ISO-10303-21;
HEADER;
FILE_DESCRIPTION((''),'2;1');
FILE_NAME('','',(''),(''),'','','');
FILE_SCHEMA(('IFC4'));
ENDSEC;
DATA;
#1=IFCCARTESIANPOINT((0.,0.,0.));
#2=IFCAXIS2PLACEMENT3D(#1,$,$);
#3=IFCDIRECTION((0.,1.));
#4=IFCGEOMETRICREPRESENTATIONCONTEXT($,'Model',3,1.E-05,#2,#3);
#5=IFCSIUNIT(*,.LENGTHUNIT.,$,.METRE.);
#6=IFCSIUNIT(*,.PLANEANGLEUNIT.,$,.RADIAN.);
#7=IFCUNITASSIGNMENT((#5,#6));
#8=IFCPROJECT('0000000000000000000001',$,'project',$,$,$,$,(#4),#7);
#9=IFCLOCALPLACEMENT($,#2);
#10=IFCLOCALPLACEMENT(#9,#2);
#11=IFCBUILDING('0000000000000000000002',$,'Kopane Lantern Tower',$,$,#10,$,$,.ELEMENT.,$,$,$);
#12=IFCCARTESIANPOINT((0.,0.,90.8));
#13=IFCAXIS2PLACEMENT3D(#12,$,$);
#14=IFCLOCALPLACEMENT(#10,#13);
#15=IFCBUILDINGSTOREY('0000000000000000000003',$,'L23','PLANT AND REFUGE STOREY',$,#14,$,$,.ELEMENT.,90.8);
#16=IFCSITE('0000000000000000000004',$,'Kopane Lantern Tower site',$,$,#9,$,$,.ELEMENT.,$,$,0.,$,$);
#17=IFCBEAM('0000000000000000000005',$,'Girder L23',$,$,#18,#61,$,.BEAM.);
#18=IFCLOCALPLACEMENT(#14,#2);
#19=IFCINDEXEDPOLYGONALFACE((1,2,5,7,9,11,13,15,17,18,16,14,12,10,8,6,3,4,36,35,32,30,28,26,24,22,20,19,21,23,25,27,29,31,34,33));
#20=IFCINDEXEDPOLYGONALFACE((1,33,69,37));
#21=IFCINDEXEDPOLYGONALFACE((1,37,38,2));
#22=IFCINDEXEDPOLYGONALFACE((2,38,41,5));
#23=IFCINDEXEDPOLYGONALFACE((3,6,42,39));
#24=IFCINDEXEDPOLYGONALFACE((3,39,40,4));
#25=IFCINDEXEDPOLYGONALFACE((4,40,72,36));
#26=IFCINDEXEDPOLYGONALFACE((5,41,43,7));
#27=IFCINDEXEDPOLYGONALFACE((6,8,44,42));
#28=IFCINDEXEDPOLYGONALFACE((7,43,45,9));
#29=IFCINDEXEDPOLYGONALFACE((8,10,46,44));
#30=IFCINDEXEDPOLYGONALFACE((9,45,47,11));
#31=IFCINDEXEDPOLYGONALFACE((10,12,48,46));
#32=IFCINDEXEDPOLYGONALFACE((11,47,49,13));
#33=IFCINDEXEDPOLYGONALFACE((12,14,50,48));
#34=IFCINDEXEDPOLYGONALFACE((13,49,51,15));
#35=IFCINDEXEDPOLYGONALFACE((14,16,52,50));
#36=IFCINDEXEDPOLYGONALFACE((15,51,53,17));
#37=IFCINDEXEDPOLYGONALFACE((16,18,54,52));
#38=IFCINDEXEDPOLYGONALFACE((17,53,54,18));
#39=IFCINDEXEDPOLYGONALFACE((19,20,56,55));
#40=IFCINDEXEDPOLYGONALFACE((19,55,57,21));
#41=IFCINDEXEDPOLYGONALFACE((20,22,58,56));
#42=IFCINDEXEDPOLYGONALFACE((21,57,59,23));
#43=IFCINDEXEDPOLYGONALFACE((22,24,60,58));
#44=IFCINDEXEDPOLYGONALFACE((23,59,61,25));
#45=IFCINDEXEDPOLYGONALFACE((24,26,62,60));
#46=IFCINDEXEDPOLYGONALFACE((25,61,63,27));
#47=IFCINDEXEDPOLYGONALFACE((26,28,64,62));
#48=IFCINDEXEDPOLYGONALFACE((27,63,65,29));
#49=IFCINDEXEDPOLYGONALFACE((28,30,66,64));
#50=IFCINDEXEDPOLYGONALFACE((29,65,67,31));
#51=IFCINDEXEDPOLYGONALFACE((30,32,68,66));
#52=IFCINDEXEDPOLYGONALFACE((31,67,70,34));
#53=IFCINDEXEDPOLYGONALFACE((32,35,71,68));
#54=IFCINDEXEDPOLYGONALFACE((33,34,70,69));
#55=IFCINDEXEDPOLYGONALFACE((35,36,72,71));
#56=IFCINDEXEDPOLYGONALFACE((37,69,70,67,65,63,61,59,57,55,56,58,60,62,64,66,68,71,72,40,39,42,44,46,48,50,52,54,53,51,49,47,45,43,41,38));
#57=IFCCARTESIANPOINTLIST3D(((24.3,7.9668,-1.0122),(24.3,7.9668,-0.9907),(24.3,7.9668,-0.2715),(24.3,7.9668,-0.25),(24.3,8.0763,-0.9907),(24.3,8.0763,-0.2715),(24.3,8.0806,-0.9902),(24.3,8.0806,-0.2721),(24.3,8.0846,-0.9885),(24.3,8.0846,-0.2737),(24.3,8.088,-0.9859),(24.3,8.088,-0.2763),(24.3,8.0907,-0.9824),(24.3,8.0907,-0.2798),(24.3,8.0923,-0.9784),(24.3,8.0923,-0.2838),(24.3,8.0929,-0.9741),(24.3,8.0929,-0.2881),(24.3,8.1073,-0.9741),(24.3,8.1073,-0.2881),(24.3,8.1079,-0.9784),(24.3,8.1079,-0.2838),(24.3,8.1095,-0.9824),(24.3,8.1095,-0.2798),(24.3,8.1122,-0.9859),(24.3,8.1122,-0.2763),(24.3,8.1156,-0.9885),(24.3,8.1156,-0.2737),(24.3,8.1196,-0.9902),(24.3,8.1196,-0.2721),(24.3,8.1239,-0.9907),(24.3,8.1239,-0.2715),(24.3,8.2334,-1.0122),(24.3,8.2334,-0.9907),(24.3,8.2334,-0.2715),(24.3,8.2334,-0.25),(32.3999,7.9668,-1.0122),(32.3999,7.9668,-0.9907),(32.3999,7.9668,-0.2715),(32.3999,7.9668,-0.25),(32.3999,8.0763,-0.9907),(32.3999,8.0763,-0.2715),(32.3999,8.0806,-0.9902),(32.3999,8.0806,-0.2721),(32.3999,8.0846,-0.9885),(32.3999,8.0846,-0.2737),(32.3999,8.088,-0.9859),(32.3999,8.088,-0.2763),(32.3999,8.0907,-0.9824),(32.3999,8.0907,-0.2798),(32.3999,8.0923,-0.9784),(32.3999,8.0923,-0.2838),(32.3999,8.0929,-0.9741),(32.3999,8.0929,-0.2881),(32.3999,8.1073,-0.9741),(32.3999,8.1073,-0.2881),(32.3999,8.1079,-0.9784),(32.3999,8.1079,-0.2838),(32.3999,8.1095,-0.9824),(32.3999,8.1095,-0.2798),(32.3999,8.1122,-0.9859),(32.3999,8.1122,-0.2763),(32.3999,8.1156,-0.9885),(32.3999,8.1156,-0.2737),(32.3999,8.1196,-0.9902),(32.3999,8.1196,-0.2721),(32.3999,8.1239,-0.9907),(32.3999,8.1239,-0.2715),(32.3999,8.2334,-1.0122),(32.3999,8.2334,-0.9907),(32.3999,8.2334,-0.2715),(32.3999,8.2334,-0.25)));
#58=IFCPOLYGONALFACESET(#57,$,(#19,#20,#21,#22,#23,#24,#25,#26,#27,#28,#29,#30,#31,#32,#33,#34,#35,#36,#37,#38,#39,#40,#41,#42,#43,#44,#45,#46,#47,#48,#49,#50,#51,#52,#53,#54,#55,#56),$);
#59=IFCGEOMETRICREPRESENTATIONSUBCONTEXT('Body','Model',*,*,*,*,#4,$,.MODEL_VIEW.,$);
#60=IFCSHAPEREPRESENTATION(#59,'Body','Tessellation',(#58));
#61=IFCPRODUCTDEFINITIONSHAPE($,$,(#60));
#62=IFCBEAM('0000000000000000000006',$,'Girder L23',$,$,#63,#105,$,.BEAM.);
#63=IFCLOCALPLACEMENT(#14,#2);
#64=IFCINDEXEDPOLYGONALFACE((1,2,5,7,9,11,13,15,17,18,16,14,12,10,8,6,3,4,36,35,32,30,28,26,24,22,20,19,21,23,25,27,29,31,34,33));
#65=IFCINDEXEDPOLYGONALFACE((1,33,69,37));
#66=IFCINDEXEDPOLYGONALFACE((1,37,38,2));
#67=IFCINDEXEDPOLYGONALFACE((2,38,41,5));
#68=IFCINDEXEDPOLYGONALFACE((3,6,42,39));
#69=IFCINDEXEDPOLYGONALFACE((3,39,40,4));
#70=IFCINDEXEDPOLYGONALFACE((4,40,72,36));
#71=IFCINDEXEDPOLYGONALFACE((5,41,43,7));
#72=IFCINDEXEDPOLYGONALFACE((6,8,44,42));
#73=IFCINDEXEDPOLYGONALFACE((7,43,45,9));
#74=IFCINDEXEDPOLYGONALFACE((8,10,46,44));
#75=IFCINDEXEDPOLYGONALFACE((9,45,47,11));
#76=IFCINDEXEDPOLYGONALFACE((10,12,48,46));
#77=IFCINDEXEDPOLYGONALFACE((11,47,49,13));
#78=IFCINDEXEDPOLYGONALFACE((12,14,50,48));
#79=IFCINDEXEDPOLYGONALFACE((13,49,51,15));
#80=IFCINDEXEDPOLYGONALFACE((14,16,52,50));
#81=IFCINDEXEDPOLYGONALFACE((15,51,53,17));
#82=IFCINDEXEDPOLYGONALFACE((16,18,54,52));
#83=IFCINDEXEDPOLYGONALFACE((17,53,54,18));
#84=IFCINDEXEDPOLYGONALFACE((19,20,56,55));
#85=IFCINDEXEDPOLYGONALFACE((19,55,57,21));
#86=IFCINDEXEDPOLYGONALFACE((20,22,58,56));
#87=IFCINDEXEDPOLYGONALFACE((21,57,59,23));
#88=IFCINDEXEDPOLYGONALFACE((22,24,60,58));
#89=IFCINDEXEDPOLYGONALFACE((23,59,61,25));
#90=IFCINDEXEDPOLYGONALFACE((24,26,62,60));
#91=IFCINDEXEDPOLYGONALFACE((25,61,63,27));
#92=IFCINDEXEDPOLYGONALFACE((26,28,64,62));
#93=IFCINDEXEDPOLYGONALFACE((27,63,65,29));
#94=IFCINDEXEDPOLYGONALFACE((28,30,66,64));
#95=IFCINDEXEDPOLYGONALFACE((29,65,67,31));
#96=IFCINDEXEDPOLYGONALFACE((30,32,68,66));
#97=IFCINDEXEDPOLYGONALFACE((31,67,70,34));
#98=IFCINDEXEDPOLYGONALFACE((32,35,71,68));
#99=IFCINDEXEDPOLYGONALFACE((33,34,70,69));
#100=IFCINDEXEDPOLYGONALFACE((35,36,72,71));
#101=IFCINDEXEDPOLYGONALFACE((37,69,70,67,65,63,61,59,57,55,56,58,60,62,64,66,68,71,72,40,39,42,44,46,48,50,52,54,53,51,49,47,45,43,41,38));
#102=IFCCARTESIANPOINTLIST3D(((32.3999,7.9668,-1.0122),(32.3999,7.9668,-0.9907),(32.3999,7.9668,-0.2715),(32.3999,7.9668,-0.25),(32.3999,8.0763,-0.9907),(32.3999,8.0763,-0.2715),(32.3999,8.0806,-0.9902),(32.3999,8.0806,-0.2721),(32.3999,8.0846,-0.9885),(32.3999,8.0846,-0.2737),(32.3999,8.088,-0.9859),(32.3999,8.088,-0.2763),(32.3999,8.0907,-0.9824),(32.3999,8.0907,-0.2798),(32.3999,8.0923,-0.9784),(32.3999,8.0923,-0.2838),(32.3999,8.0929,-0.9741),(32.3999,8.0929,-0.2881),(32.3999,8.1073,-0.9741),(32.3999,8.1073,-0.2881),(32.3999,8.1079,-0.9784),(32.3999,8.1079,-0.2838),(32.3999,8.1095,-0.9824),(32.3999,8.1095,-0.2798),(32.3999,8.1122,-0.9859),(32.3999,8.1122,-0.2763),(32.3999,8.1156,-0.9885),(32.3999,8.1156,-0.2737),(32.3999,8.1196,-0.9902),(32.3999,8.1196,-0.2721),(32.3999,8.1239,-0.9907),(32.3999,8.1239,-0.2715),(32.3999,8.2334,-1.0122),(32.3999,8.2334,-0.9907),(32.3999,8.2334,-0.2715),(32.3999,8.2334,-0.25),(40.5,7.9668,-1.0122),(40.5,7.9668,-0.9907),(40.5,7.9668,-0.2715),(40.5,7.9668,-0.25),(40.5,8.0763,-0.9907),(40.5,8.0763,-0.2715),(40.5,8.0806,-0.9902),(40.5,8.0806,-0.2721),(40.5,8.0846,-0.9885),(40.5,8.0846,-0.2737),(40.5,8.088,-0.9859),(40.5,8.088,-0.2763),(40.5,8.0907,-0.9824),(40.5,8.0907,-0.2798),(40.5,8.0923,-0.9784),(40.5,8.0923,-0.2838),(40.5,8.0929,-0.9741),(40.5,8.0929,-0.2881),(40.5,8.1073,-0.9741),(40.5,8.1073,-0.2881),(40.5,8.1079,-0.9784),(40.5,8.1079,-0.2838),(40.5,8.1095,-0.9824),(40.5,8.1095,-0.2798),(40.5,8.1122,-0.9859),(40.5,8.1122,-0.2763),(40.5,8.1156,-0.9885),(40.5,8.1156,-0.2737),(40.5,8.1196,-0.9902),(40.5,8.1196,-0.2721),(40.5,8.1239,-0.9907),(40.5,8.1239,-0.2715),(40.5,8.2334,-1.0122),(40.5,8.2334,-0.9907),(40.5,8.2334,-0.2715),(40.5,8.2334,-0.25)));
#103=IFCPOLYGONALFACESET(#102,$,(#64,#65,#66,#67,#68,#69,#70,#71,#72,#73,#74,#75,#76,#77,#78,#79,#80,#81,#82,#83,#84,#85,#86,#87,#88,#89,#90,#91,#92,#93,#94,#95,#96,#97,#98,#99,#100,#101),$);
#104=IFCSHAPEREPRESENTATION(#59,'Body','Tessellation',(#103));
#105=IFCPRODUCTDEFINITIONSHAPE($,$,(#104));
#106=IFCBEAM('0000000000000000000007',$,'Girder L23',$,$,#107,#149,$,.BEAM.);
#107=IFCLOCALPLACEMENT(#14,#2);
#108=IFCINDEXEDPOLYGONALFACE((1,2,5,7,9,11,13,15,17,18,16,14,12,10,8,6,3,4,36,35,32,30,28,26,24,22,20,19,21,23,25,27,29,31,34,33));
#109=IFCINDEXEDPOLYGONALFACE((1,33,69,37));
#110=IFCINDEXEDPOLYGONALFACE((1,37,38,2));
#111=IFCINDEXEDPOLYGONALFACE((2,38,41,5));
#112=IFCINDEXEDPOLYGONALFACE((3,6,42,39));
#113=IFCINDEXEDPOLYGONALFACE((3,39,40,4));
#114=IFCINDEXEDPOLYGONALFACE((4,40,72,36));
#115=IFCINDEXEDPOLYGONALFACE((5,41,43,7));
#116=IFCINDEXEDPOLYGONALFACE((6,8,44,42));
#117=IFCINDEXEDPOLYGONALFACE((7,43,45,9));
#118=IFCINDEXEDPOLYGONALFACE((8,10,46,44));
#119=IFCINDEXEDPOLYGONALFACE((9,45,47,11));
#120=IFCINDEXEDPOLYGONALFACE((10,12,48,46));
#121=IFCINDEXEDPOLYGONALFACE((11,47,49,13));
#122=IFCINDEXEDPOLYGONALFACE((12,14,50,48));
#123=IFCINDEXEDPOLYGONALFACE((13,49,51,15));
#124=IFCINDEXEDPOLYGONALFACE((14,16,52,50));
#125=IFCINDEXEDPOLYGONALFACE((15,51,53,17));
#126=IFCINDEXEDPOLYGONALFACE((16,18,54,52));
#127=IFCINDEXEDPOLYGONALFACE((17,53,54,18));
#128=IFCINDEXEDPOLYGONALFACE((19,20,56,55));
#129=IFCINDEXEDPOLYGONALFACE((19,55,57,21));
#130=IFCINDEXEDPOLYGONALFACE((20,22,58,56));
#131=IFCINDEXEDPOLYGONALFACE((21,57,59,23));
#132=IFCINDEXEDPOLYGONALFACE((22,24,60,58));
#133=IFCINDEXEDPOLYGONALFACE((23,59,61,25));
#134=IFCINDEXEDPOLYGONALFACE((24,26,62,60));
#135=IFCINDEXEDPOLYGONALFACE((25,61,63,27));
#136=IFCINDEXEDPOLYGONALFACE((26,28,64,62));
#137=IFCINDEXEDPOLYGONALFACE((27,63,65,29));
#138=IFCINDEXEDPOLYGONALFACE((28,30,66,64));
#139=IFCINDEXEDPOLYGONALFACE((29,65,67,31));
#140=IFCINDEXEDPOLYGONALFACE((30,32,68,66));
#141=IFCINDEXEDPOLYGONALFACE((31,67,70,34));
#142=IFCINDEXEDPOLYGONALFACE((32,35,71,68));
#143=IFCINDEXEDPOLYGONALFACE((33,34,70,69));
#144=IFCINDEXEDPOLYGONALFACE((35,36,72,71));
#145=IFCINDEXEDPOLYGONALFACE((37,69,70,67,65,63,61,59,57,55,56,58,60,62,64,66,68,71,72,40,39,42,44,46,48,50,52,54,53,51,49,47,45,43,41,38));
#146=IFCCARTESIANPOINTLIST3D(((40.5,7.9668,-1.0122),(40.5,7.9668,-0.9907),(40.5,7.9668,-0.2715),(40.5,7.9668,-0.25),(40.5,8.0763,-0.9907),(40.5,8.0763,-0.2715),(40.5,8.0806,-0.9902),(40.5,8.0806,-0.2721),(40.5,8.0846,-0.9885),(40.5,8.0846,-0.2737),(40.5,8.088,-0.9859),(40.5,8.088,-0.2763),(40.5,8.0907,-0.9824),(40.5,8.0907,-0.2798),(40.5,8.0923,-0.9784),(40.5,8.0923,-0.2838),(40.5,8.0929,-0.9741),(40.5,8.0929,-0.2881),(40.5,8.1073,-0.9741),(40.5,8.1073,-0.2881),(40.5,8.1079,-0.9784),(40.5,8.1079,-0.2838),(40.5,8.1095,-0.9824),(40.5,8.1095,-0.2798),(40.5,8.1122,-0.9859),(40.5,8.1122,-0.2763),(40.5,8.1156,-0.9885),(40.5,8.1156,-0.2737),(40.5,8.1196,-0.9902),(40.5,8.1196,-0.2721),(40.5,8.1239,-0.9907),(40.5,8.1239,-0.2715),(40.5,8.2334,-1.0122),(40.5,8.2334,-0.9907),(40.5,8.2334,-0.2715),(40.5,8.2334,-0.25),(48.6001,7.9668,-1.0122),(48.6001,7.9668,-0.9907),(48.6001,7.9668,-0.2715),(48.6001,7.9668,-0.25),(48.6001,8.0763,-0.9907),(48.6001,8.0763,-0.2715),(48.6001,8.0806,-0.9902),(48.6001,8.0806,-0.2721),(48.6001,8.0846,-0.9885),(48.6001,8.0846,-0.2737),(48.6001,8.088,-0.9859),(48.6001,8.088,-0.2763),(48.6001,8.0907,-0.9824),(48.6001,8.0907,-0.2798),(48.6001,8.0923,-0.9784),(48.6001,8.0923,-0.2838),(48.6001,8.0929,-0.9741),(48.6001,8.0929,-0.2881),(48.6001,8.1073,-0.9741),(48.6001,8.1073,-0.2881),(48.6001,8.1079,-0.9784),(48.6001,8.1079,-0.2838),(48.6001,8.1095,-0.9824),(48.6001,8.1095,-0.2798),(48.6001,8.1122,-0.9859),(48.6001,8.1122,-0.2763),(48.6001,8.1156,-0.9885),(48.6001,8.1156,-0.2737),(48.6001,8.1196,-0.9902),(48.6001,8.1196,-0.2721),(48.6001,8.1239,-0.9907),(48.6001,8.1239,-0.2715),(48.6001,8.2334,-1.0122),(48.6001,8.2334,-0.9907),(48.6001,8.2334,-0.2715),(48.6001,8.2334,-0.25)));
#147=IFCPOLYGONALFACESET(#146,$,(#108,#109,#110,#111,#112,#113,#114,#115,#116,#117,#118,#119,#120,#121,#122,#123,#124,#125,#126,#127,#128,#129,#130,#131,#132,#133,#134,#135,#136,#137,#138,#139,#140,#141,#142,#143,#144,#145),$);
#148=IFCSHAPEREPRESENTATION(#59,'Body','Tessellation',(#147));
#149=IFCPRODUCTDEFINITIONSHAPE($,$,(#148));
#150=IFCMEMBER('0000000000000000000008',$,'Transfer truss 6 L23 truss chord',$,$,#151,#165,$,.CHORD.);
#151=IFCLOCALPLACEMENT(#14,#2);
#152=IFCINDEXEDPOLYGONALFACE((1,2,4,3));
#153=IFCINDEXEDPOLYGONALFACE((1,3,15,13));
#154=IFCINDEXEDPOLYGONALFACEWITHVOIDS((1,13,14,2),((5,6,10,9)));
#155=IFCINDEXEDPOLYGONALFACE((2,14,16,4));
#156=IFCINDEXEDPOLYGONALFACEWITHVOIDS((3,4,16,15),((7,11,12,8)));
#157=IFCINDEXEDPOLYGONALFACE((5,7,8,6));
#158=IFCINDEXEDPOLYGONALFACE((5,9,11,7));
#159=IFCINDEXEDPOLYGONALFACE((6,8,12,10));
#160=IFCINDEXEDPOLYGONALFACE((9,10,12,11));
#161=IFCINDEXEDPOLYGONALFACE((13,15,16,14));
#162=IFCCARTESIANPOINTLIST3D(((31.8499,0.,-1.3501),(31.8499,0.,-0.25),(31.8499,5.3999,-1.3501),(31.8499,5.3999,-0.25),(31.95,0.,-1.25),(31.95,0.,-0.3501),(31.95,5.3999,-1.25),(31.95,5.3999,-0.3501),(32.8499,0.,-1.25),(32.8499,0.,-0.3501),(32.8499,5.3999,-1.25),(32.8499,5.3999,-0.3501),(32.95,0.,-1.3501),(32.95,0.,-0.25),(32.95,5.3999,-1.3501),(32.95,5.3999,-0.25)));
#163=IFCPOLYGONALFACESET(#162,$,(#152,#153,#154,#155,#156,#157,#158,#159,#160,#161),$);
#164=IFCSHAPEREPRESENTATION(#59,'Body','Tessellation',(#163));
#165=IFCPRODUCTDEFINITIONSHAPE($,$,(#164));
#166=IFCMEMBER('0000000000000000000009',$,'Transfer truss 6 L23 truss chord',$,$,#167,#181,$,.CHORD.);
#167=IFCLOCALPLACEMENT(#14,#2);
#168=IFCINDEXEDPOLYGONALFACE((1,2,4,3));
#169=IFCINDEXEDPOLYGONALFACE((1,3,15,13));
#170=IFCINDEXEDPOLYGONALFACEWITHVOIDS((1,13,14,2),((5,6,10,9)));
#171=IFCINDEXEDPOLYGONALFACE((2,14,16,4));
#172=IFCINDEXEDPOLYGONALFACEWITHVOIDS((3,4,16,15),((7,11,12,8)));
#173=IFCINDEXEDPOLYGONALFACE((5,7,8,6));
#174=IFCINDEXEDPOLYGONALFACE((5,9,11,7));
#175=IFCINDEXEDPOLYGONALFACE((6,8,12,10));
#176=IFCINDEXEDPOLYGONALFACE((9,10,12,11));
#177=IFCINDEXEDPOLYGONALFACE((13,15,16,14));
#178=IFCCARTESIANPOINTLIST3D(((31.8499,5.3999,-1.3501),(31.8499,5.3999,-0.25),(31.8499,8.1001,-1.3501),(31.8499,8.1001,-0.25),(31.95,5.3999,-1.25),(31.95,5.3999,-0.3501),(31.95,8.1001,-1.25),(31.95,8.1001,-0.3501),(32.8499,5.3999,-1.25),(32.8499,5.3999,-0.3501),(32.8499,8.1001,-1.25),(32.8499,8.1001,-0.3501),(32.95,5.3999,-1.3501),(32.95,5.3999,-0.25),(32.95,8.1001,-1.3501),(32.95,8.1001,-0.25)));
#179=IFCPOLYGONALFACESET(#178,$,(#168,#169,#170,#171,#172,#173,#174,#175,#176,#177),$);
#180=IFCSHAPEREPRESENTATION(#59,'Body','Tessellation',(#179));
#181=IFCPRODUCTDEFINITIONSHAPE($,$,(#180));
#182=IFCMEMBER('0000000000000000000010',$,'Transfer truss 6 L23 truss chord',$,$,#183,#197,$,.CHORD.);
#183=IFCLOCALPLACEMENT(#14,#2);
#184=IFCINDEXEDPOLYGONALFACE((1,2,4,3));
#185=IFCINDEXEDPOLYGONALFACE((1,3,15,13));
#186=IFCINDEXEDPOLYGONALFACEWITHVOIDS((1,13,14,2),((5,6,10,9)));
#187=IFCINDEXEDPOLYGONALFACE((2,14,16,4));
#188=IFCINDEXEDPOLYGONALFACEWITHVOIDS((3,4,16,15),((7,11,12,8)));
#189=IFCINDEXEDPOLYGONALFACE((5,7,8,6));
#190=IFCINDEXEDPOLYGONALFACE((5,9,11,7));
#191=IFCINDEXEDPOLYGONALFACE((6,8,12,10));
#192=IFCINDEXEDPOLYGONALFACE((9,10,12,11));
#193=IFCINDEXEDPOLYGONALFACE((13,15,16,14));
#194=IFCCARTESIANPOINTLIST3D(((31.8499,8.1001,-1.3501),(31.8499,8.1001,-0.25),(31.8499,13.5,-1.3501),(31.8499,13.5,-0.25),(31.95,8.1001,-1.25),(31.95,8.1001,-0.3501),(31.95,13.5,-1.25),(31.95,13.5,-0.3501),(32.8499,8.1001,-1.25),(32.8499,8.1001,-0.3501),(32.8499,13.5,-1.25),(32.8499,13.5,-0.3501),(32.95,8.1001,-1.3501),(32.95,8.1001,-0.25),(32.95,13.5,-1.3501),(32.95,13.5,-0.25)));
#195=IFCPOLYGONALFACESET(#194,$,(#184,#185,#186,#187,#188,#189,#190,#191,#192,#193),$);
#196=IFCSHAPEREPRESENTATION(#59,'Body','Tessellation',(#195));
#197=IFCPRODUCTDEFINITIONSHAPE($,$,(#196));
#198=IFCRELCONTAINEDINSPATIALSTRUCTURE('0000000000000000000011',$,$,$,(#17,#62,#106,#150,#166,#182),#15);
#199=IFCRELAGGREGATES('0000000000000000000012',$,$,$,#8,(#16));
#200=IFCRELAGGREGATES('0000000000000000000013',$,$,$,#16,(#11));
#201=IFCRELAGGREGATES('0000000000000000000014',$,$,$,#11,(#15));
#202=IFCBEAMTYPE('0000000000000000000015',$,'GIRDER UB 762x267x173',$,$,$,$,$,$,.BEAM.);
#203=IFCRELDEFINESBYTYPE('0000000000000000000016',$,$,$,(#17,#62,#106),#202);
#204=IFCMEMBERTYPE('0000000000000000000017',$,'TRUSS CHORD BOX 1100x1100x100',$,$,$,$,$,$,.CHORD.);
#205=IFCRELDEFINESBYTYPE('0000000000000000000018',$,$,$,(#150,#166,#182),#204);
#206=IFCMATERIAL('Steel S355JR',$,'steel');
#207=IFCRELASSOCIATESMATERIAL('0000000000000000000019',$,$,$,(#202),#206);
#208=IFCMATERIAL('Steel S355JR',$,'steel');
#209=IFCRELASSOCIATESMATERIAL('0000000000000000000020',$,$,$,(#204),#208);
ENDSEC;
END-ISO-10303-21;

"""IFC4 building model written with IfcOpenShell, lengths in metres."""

from ifc_helpers import new_model, si_unit, direction, frame, origin, origin_2d, place, context, subcontext, project, spatial, hollow_rectangle, i_section, extrude, material, material_profile, profile_set, type_object, element, save


model = new_model("IFC4")

# Units and contexts
model_context = context("Model", 3, precision=1e-05, world=origin(), true_north=direction((0.0, 1.0)))
body_context = subcontext(model_context, "Body", "Model", "MODEL_VIEW")
ifc_project = project(units=[si_unit("LENGTHUNIT", "METRE"), si_unit("PLANEANGLEUNIT", "RADIAN")], contexts=[model_context])

# Site, building, storey
site_placement = place(None, origin())
site = spatial("IfcSite", under=ifc_project, at=site_placement, Name="Kopane Lantern Tower site", CompositionType="ELEMENT", RefElevation=0.0)
building_placement = place(site_placement, origin())
building = spatial("IfcBuilding", under=site, at=building_placement, Name="Kopane Lantern Tower", CompositionType="ELEMENT")
storey_placement = place(building_placement, frame((0.0, 0.0, 90.8)))
storey = spatial("IfcBuildingStorey", under=building, at=storey_placement, Name="L23", Description="PLANT AND REFUGE STOREY", CompositionType="ELEMENT", Elevation=90.8)

# Beams
ifc_material_1 = material(Name="Steel S355JR", Category="steel")
ifc_material_profile_1 = material_profile(ifc_material_1, i_section(OverallWidth=0.2666, OverallDepth=0.7622, WebThickness=0.0144, FlangeThickness=0.0215, FilletRadius=0.0166, at=origin_2d()), Name="UB 762x267x173")
ifc_profile_set_1 = profile_set([ifc_material_profile_1], Name="Steel S355JR")
beam_type = type_object("IfcBeamType", Name="GIRDER UB 762x267x173", PredefinedType="BEAM", material=ifc_profile_set_1)
beam_placement = place(storey_placement, frame((24.3, 8.1001, -0.6311), z_axis=(1.0, 0.0, 0.0), x_axis=(0.0, 1.0, 0.0)))
element("IfcBeam", 1, at=beam_placement, inside=storey, type_object=beam_type, Name="Girder L23", PredefinedType="BEAM", context=body_context, shape_type="SweptSolid", body=[
    extrude(i_section(OverallWidth=0.2666, OverallDepth=0.7622, WebThickness=0.0144, FlangeThickness=0.0215, FilletRadius=0.0166, at=origin_2d()), origin(), (0.0, 0.0, 1.0), 8.0999),
])
for number, where, z_axis, x_axis, name in (
    (2, (32.3999, 8.1001, -0.6311), (1.0, 0.0, 0.0), (0.0, 1.0, 0.0), "Girder L23"),
    (3, (40.5, 8.1001, -0.6311), (1.0, 0.0, 0.0), (0.0, 1.0, 0.0), "Girder L23"),
):
    element("IfcBeam", number, at=place(storey_placement, frame(where, z_axis=z_axis, x_axis=x_axis)), inside=storey, type_object=beam_type, Name=name, PredefinedType="BEAM", context=body_context, shape_type="SweptSolid", body=[
        extrude(i_section(OverallWidth=0.2666, OverallDepth=0.7622, WebThickness=0.0144, FlangeThickness=0.0215, FilletRadius=0.0166, at=origin_2d()), origin(), (0.0, 0.0, 1.0), 8.1001),
    ])

# Members
ifc_material_2 = material(Name="Steel S355JR", Category="steel")
ifc_material_profile_2 = material_profile(ifc_material_2, hollow_rectangle(XDim=1.1001, YDim=1.1001, WallThickness=0.1001, at=origin_2d()), Name="BOX 1100x1100x100")
ifc_profile_set_2 = profile_set([ifc_material_profile_2], Name="Steel S355JR")
member_type_1 = type_object("IfcMemberType", Name="TRUSS CHORD BOX 1100x1100x100", PredefinedType="CHORD", material=ifc_profile_set_2)
member_1_placement = place(storey_placement, frame((32.3999, 0.0, -0.8), z_axis=(0.0, 1.0, 0.0), x_axis=(-1.0, 0.0, 0.0)))
element("IfcMember", 4, at=member_1_placement, inside=storey, type_object=member_type_1, Name="Transfer truss 6 L23 truss chord", PredefinedType="CHORD", context=body_context, shape_type="SweptSolid", body=[
    extrude(hollow_rectangle(XDim=1.1001, YDim=1.1001, WallThickness=0.1001, at=origin_2d()), origin(), (0.0, 0.0, 1.0), 5.3999),
])
member_2_placement = place(storey_placement, frame((32.3999, 5.3999, -0.8), z_axis=(0.0, 1.0, 0.0), x_axis=(-1.0, 0.0, 0.0)))
element("IfcMember", 5, at=member_2_placement, inside=storey, type_object=member_type_1, Name="Transfer truss 6 L23 truss chord", PredefinedType="CHORD", context=body_context, shape_type="SweptSolid", body=[
    extrude(hollow_rectangle(XDim=1.1001, YDim=1.1001, WallThickness=0.1001, at=origin_2d()), origin(), (0.0, 0.0, 1.0), 2.7002),
])
for number, where, z_axis, x_axis, name in (
    (6, (32.3999, 8.1001, -0.8), (0.0, 1.0, 0.0), (-1.0, 0.0, 0.0), "Transfer truss 6 L23 truss chord"),
):
    element("IfcMember", number, at=place(storey_placement, frame(where, z_axis=z_axis, x_axis=x_axis)), inside=storey, type_object=member_type_1, Name=name, PredefinedType="CHORD", context=body_context, shape_type="SweptSolid", body=[
        extrude(hollow_rectangle(XDim=1.1001, YDim=1.1001, WallThickness=0.1001, at=origin_2d()), origin(), (0.0, 0.0, 1.0), 5.3999),
    ])

save(model, "model.ifc")
